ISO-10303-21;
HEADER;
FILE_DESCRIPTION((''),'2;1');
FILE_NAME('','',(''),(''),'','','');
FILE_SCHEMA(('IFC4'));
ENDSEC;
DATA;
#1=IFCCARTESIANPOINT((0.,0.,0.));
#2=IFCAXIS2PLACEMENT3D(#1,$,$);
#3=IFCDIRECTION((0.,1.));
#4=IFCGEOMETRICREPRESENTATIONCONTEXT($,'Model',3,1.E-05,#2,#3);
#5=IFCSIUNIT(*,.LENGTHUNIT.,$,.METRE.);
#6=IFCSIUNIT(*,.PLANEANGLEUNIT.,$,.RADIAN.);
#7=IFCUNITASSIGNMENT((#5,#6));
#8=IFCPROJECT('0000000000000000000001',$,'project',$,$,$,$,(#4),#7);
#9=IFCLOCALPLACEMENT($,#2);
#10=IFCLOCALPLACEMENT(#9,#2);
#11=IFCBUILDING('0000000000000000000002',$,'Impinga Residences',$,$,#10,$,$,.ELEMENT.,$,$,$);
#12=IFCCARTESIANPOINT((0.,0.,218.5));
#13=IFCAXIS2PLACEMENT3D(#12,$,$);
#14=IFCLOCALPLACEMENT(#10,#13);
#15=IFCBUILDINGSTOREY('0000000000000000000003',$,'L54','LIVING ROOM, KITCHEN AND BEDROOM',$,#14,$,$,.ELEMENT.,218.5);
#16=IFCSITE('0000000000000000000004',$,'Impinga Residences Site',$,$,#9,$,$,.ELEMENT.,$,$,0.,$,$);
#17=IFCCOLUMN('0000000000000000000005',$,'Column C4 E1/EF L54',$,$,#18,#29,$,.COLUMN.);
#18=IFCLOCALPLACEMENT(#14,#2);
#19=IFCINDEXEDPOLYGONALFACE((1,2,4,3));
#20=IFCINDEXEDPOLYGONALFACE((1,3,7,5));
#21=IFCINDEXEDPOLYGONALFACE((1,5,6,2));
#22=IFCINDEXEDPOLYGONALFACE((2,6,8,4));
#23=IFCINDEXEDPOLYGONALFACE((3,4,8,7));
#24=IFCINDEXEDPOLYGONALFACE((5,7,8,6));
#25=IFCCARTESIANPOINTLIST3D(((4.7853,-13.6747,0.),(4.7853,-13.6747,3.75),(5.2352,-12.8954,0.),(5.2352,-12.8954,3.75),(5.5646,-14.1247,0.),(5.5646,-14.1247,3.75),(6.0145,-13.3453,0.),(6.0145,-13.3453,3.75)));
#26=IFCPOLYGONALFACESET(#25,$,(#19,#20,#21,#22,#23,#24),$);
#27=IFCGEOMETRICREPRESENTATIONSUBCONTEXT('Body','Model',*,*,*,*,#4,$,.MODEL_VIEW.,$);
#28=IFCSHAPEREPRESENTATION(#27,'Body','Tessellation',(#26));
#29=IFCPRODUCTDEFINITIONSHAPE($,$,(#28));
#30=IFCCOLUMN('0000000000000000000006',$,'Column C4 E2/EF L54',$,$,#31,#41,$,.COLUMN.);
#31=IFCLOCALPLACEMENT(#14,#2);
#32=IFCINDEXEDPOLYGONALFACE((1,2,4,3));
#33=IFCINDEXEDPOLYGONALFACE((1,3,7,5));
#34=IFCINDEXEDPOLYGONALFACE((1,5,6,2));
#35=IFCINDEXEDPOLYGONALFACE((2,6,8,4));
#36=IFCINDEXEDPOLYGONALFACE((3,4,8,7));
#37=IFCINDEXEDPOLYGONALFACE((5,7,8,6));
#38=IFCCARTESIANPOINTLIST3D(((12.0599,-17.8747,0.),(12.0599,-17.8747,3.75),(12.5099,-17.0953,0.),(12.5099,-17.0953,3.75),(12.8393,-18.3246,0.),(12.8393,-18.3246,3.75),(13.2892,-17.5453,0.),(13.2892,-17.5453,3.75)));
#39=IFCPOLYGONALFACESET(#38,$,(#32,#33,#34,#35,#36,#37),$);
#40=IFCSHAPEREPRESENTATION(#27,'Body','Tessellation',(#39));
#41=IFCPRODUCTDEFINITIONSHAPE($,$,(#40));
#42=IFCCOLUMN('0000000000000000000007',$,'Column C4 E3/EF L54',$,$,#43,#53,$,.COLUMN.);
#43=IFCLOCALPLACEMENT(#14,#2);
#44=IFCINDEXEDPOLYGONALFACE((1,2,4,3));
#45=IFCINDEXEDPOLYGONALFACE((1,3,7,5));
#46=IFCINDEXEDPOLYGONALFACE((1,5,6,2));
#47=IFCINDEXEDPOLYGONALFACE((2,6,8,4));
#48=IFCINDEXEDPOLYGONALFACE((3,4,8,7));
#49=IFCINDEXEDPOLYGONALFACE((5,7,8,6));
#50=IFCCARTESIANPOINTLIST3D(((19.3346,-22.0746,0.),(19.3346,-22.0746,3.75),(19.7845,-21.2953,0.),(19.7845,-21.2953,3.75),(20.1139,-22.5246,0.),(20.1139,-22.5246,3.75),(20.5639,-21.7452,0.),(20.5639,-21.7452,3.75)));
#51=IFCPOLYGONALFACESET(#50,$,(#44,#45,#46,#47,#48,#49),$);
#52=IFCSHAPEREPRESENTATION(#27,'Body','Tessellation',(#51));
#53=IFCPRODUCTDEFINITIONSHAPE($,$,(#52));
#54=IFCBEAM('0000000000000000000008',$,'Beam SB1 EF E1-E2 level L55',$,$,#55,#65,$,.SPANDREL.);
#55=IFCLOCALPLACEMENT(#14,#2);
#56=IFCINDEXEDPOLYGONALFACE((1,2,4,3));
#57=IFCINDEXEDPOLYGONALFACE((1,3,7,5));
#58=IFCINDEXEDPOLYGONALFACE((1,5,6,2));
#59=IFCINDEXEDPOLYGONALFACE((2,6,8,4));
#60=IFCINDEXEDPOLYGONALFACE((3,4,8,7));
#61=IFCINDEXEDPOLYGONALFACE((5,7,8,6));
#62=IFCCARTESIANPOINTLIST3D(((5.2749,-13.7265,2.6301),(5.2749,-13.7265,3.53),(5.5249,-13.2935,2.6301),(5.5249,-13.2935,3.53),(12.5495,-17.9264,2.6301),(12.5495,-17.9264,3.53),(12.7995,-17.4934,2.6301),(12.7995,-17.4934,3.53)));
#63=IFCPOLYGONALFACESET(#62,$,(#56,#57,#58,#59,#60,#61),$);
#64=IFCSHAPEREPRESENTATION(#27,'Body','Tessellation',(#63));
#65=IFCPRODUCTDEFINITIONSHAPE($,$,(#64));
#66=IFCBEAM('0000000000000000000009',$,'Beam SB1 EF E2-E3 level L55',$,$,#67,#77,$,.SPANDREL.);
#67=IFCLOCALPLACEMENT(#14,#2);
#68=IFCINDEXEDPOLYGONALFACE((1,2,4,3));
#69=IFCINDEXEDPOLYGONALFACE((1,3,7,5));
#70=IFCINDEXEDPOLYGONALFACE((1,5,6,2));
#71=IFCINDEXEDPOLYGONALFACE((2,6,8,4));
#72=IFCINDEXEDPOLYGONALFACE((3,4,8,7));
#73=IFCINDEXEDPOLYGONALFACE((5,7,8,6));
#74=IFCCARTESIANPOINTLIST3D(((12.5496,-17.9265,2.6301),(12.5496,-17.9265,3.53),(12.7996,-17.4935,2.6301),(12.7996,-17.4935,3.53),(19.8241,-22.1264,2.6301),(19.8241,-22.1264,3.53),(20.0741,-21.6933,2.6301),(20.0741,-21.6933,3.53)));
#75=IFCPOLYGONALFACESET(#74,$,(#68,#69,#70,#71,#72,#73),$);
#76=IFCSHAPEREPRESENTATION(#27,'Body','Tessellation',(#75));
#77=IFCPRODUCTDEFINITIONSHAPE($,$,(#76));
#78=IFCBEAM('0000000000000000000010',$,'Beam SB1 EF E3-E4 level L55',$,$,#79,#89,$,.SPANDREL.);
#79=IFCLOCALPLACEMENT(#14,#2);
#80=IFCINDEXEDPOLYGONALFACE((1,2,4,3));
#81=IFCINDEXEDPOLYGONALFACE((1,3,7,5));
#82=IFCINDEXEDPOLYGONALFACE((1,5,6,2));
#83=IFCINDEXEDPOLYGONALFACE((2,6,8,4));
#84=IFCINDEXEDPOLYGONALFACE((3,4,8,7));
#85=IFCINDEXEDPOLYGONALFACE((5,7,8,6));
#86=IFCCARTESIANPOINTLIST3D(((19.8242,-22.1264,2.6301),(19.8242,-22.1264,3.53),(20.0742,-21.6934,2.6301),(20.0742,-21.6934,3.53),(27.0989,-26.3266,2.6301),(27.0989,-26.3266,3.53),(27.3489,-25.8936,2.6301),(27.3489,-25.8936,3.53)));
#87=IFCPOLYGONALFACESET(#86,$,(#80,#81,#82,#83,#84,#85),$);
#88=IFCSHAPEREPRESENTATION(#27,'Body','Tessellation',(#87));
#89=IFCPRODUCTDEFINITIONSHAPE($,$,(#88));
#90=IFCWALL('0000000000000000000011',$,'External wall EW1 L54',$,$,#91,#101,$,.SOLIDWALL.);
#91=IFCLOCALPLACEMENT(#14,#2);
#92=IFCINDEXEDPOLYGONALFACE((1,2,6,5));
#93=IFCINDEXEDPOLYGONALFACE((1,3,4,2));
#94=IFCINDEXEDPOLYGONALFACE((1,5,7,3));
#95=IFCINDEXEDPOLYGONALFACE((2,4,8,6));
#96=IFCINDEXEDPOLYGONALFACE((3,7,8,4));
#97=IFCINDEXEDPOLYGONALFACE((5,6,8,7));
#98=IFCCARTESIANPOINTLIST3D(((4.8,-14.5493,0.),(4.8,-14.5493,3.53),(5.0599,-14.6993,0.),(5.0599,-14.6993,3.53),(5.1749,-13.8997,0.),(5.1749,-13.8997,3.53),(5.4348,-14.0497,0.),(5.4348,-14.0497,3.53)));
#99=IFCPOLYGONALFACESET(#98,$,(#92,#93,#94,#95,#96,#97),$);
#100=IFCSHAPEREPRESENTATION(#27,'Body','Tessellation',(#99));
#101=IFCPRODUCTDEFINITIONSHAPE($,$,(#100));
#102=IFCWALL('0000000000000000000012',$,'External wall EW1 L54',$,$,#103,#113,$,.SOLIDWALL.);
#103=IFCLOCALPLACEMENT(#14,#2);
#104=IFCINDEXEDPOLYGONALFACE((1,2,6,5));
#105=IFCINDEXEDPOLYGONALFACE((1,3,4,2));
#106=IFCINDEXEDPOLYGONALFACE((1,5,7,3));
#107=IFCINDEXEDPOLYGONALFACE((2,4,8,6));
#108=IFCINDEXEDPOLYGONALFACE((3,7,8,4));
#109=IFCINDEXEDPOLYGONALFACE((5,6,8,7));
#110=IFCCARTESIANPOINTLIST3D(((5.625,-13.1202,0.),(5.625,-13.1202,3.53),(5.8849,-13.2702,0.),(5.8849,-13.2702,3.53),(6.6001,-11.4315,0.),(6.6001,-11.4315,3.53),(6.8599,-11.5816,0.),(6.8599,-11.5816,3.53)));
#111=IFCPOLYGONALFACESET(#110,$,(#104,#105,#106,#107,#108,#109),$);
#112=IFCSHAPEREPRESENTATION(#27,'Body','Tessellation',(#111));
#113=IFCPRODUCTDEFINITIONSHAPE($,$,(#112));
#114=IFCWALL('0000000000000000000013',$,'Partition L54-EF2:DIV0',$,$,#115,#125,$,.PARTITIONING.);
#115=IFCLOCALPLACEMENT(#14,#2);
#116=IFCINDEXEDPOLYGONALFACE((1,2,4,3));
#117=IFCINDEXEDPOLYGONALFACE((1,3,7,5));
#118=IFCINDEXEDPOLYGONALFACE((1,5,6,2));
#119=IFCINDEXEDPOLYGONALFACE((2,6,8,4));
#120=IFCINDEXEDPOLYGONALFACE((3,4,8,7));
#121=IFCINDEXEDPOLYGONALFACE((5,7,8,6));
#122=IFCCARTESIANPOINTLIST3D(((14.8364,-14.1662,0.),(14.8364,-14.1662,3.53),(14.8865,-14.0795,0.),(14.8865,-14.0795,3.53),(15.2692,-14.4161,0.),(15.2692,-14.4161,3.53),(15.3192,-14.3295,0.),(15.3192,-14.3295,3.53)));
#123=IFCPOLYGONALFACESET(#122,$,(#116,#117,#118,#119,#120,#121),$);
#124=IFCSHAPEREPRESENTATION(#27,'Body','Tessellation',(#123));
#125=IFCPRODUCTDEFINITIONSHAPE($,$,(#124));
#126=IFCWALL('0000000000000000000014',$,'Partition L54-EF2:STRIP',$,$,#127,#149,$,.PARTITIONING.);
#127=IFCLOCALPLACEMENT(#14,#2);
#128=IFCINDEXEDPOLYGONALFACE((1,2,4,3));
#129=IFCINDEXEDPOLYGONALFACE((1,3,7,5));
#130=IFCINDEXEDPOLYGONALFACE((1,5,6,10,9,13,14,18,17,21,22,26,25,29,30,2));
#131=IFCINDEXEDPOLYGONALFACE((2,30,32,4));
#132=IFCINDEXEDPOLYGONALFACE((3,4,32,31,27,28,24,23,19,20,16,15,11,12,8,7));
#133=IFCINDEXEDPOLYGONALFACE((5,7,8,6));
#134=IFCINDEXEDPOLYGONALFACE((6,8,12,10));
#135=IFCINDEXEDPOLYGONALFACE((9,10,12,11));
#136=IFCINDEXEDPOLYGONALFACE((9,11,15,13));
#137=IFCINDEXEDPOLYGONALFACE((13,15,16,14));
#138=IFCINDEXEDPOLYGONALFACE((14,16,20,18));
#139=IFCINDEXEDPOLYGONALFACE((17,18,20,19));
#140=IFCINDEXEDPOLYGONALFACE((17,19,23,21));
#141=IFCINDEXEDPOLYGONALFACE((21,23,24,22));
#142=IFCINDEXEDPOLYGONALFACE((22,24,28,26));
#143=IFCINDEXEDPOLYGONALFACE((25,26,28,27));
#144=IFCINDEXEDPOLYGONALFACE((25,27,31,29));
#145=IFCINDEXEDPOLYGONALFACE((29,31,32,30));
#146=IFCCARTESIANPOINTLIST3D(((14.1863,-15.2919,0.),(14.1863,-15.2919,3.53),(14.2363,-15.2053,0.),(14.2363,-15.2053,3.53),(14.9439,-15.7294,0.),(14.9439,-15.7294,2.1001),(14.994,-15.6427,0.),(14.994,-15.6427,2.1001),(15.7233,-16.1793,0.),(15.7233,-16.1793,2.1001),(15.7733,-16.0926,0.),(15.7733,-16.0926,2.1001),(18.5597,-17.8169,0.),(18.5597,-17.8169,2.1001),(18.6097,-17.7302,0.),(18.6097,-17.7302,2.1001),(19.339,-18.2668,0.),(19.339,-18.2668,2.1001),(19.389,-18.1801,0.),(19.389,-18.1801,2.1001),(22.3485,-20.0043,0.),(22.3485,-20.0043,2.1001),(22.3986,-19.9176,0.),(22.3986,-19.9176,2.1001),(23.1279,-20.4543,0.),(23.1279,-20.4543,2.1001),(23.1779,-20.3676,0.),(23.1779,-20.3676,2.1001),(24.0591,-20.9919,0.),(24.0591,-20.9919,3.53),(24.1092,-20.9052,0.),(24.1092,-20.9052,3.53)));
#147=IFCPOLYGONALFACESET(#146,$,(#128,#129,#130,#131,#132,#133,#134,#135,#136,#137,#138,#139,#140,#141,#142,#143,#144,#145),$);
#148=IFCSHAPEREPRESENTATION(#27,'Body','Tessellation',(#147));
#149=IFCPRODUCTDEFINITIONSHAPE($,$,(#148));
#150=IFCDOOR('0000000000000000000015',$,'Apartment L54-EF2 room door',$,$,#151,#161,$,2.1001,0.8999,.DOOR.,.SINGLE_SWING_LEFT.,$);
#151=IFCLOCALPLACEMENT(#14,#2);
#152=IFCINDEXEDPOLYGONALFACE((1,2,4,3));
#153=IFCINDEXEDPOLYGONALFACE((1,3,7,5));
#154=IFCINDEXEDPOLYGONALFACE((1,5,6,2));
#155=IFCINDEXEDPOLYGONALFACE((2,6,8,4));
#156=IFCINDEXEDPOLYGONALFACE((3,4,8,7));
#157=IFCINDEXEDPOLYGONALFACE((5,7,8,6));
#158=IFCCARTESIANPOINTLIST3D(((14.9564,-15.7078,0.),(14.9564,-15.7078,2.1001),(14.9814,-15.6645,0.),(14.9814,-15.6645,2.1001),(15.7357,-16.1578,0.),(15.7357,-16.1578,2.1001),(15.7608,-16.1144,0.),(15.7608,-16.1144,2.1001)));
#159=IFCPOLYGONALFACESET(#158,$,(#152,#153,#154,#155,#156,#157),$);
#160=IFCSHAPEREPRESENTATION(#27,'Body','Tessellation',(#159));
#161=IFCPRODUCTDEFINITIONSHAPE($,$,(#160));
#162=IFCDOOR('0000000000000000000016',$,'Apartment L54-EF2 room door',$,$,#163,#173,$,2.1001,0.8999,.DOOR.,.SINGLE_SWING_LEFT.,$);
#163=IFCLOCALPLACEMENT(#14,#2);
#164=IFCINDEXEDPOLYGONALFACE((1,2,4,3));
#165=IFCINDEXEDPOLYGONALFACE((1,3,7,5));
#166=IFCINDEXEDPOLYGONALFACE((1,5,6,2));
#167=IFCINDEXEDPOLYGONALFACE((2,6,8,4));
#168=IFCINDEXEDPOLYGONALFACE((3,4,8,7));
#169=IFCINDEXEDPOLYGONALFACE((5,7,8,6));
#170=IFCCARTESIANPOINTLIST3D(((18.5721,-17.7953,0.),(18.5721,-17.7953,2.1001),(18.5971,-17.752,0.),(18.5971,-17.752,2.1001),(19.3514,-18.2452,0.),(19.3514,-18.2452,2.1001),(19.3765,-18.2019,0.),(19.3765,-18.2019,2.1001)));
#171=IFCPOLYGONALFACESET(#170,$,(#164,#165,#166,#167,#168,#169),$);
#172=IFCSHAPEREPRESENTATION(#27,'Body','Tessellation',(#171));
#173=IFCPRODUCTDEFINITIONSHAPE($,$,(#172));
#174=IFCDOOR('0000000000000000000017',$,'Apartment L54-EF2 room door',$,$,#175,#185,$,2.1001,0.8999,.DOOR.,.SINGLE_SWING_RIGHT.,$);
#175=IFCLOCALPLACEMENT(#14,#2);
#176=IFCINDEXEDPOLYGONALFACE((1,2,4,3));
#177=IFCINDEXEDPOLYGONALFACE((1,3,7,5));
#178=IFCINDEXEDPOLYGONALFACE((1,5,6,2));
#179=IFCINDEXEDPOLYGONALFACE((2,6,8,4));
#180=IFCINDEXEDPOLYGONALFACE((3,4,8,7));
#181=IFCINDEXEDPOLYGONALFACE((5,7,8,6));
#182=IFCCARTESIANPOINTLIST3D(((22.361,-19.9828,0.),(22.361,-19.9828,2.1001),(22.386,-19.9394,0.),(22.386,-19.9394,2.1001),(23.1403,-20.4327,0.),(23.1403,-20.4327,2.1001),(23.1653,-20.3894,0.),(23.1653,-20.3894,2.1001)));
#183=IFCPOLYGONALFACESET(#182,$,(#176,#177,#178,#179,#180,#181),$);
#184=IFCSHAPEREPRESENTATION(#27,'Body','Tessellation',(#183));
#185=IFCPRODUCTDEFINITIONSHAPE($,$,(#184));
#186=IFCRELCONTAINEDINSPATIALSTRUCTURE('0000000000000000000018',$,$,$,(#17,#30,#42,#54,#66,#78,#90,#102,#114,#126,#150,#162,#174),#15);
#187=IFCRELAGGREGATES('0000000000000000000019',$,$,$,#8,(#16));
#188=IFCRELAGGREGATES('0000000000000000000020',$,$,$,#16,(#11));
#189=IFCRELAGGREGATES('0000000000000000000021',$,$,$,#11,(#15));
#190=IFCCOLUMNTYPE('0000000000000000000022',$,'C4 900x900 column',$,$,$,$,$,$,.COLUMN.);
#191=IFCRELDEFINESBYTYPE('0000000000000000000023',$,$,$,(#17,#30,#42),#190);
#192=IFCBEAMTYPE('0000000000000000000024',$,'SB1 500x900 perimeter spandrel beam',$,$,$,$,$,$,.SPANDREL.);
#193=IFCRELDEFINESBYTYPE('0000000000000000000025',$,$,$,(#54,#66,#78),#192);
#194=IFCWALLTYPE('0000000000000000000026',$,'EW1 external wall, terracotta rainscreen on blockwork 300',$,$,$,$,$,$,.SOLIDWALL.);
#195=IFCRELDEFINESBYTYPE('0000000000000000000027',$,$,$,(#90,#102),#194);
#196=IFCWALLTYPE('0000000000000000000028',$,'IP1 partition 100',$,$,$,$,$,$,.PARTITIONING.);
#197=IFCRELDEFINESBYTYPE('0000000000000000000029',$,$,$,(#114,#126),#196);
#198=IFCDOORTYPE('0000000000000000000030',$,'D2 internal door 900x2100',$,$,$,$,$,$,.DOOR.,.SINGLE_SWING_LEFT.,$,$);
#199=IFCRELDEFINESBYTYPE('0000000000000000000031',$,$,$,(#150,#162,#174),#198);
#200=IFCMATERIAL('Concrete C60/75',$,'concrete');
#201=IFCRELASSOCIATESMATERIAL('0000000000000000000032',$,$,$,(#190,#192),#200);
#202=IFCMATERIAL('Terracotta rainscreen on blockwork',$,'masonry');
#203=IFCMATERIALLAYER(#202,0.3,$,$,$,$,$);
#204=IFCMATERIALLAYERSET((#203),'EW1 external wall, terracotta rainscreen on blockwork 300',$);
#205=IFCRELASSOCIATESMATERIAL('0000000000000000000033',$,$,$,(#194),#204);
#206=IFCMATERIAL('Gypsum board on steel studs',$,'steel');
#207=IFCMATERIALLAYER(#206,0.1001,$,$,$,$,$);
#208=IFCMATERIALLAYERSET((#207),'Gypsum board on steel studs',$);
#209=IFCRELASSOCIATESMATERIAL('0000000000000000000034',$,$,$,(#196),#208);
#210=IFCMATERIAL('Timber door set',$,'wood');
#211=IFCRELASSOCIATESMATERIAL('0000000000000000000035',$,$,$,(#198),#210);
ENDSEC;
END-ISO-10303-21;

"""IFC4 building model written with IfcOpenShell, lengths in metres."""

from ifc_helpers import new_model, si_unit, direction, frame, frame_2d, origin, origin_2d, place, context, subcontext, project, spatial, rectangle, extrude, material, layer, layer_set, material_profile, profile_set, type_object, element, fill, save


model = new_model("IFC4")

# Units and contexts
model_context = context("Model", 3, precision=1e-05, world=origin(), true_north=direction((0.0, 1.0)))
body_context = subcontext(model_context, "Body", "Model", "MODEL_VIEW")
ifc_project = project(units=[si_unit("LENGTHUNIT", "METRE"), si_unit("PLANEANGLEUNIT", "RADIAN")], contexts=[model_context])

# Site, building, storey
site_placement = place(None, origin())
site = spatial("IfcSite", under=ifc_project, at=site_placement, Name="Impinga Residences Site", CompositionType="ELEMENT", RefElevation=0.0)
building_placement = place(site_placement, origin())
building = spatial("IfcBuilding", under=site, at=building_placement, Name="Impinga Residences", CompositionType="ELEMENT")
storey_placement = place(building_placement, frame((0.0, 0.0, 218.5)))
storey = spatial("IfcBuildingStorey", under=building, at=storey_placement, Name="L54", Description="LIVING ROOM, KITCHEN AND BEDROOM", CompositionType="ELEMENT", Elevation=218.5)

# Columns
ifc_material_1 = material(Name="Concrete C60/75", Category="concrete")
ifc_material_profile_1 = material_profile(ifc_material_1, rectangle(XDim=0.8999, YDim=0.8999, at=origin_2d()), Name="RC 900x900")
ifc_profile_set_1 = profile_set([ifc_material_profile_1], Name="Concrete C60/75")
column_type = type_object("IfcColumnType", Name="C4 900x900 column", PredefinedType="COLUMN", material=ifc_profile_set_1)
for number, where, z_axis, x_axis, name in (
    (1, (5.3999, -13.51, 0.0), (0.0, 0.0, 1.0), (-0.5, -0.866025, 0.0), "Column C4 E1/EF L54"),
    (2, (12.6746, -17.71, 0.0), (0.0, 0.0, 1.0), (-0.5, -0.866025, 0.0), "Column C4 E2/EF L54"),
    (3, (19.9492, -21.9099, 0.0), (0.0, 0.0, 1.0), (-0.5, -0.866025, 0.0), "Column C4 E3/EF L54"),
):
    element("IfcColumn", number, at=place(storey_placement, frame(where, z_axis=z_axis, x_axis=x_axis)), inside=storey, type_object=column_type, Name=name, PredefinedType="COLUMN", context=body_context, shape_type="SweptSolid", body=[
        extrude(rectangle(XDim=0.8999, YDim=0.8999, at=origin_2d()), origin(), (0.0, 0.0, 1.0), 3.75),
    ])

# Beams
ifc_material_profile_2 = material_profile(ifc_material_1, rectangle(XDim=0.5, YDim=0.8999, at=origin_2d()), Name="RC 500x900")
ifc_profile_set_2 = profile_set([ifc_material_profile_2], Name="Concrete C60/75")
beam_type = type_object("IfcBeamType", Name="SB1 500x900 perimeter spandrel beam", PredefinedType="SPANDREL", material=ifc_profile_set_2)
for number, where, z_axis, x_axis, name in (
    (4, (5.3999, -13.51, 3.0801), (0.866029, -0.499993, 0.0), (0.499993, 0.866029, 0.0), "Beam SB1 EF E1-E2 level L55"),
    (5, (12.6746, -17.71, 3.0801), (0.866029, -0.499993, 0.0), (0.499993, 0.866029, 0.0), "Beam SB1 EF E2-E3 level L55"),
):
    element("IfcBeam", number, at=place(storey_placement, frame(where, z_axis=z_axis, x_axis=x_axis)), inside=storey, type_object=beam_type, Name=name, PredefinedType="SPANDREL", context=body_context, shape_type="SweptSolid", body=[
        extrude(rectangle(XDim=0.5, YDim=0.8999, at=origin_2d()), origin(), (0.0, 0.0, 1.0), 8.3999),
    ])
beam_placement = place(storey_placement, frame((19.9492, -21.9099, 3.0801), z_axis=(0.866017, -0.500015, 0.0), x_axis=(0.500015, 0.866017, 0.0)))
element("IfcBeam", 6, at=beam_placement, inside=storey, type_object=beam_type, Name="Beam SB1 EF E3-E4 level L55", PredefinedType="SPANDREL", context=body_context, shape_type="SweptSolid", body=[
    extrude(rectangle(XDim=0.5, YDim=0.8999, at=origin_2d()), origin(), (0.0, 0.0, 1.0), 8.4001),
])

# Walls
ifc_material_2 = material(Name="Terracotta rainscreen on blockwork", Category="masonry")
ifc_layer_1 = layer(ifc_material_2, 0.3)
ifc_layer_set_1 = layer_set([ifc_layer_1], Name="EW1 external wall, terracotta rainscreen on blockwork 300")
wall_type_1 = type_object("IfcWallType", Name="EW1 external wall, terracotta rainscreen on blockwork 300", PredefinedType="SOLIDWALL", material=ifc_layer_set_1)
wall_1_placement = place(storey_placement, frame((4.9299, -14.6243, 0.0), z_axis=(0.0, 0.0, 1.0), x_axis=(0.49992, 0.866072, 0.0)))
element("IfcWall", 7, at=wall_1_placement, inside=storey, type_object=wall_type_1, Name="External wall EW1 L54", PredefinedType="SOLIDWALL", context=body_context, shape_type="SweptSolid", body=[
    extrude(rectangle(XDim=0.75, YDim=0.3, at=frame_2d((0.375, 0.0))), origin(), (0.0, 0.0, 1.0), 3.53),
])
wall_2_placement = place(storey_placement, frame((5.7549, -13.1953, 0.0), z_axis=(0.0, 0.0, 1.0), x_axis=(0.500044, 0.866, 0.0)))
element("IfcWall", 8, at=wall_2_placement, inside=storey, type_object=wall_type_1, Name="External wall EW1 L54", PredefinedType="SOLIDWALL", context=body_context, shape_type="SweptSolid", body=[
    extrude(rectangle(XDim=1.95, YDim=0.3, at=frame_2d((0.9751, 0.0))), origin(), (0.0, 0.0, 1.0), 3.53),
])
ifc_material_3 = material(Name="Gypsum board on steel studs", Category="steel")
ifc_layer_2 = layer(ifc_material_3, 0.1001)
ifc_layer_set_2 = layer_set([ifc_layer_2], Name="Gypsum board on steel studs")
wall_type_2 = type_object("IfcWallType", Name="IP1 partition 100", PredefinedType="PARTITIONING", material=ifc_layer_set_2)
wall_3_placement = place(storey_placement, frame((14.8613, -14.1228, 0.0), z_axis=(0.0, 0.0, 1.0), x_axis=(0.86595, -0.500131, 0.0)))
element("IfcWall", 9, at=wall_3_placement, inside=storey, type_object=wall_type_2, Name="Partition L54-EF2:DIV0", PredefinedType="PARTITIONING", context=body_context, shape_type="SweptSolid", body=[
    extrude(rectangle(XDim=0.4998, YDim=0.1001, at=frame_2d((0.25, 0.0))), origin(), (0.0, 0.0, 1.0), 3.53),
])

# Wall, openings, doors
wall_4_placement = place(storey_placement, frame((14.2112, -15.2485, 0.0), z_axis=(0.0, 0.0, 1.0), x_axis=(0.86603, -0.499992, 0.0)))
wall_4 = element("IfcWall", 10, at=wall_4_placement, inside=storey, type_object=wall_type_2, Name="Partition L54-EF2:STRIP", PredefinedType="PARTITIONING", context=body_context, shape_type="SweptSolid", body=[
    extrude(rectangle(XDim=11.4001, YDim=0.1001, at=frame_2d((5.7002, 0.0))), origin(), (0.0, 0.0, 1.0), 3.53),
])
opening_1_placement = place(wall_4_placement, frame((0.875, 0.0, 0.0)))
opening_1 = element("IfcOpeningElement", 11, at=opening_1_placement, cuts=wall_4, PredefinedType="OPENING", context=body_context, shape_type="SweptSolid", body=[
    extrude(rectangle(XDim=0.8999, YDim=2.1001, at=frame_2d((0.45, 1.05))), frame((0.0, 0.0601, 0.0), z_axis=(0.0, -1.0, 0.0), x_axis=(1.0, 0.0, 0.0)), (0.0, 0.0, 1.0), 0.1201),
])
opening_2_placement = place(wall_4_placement, frame((5.05, 0.0, 0.0)))
opening_2 = element("IfcOpeningElement", 12, at=opening_2_placement, cuts=wall_4, PredefinedType="OPENING", context=body_context, shape_type="SweptSolid", body=[
    extrude(rectangle(XDim=0.8999, YDim=2.1001, at=frame_2d((0.45, 1.05))), frame((0.0, 0.0601, 0.0), z_axis=(0.0, -1.0, 0.0), x_axis=(1.0, 0.0, 0.0)), (0.0, 0.0, 1.0), 0.1201),
])
opening_3_placement = place(wall_4_placement, frame((9.425, 0.0, 0.0)))
opening_3 = element("IfcOpeningElement", 13, at=opening_3_placement, cuts=wall_4, PredefinedType="OPENING", context=body_context, shape_type="SweptSolid", body=[
    extrude(rectangle(XDim=0.8999, YDim=2.1001, at=frame_2d((0.45, 1.05))), frame((0.0, 0.0601, 0.0), z_axis=(0.0, -1.0, 0.0), x_axis=(1.0, 0.0, 0.0)), (0.0, 0.0, 1.0), 0.1201),
])
ifc_material_4 = material(Name="Timber door set", Category="wood")
door_type = type_object("IfcDoorType", Name="D2 internal door 900x2100", OperationType="SINGLE_SWING_LEFT", PredefinedType="DOOR", material=ifc_material_4)
door_1_placement = place(opening_1_placement, origin())
door_1 = element("IfcDoor", 14, at=door_1_placement, inside=storey, type_object=door_type, Name="Apartment L54-EF2 room door", OperationType="SINGLE_SWING_LEFT", OverallHeight=2.1001, OverallWidth=0.8999, PredefinedType="DOOR", context=body_context, shape_type="SweptSolid", body=[
    extrude(rectangle(XDim=0.8999, YDim=2.1001, at=frame_2d((0.45, 1.05))), frame((0.0, 0.0249, 0.0), z_axis=(0.0, -1.0, 0.0), x_axis=(1.0, 0.0, 0.0)), (0.0, 0.0, 1.0), 0.05),
])
fill(opening_1, door_1)
door_2_placement = place(opening_2_placement, origin())
door_2 = element("IfcDoor", 15, at=door_2_placement, inside=storey, type_object=door_type, Name="Apartment L54-EF2 room door", OperationType="SINGLE_SWING_LEFT", OverallHeight=2.1001, OverallWidth=0.8999, PredefinedType="DOOR", context=body_context, shape_type="SweptSolid", body=[
    extrude(rectangle(XDim=0.8999, YDim=2.1001, at=frame_2d((0.45, 1.05))), frame((0.0, 0.0249, 0.0), z_axis=(0.0, -1.0, 0.0), x_axis=(1.0, 0.0, 0.0)), (0.0, 0.0, 1.0), 0.05),
])
fill(opening_2, door_2)
door_3_placement = place(opening_3_placement, origin())
door_3 = element("IfcDoor", 16, at=door_3_placement, inside=storey, type_object=door_type, Name="Apartment L54-EF2 room door", OperationType="SINGLE_SWING_RIGHT", OverallHeight=2.1001, OverallWidth=0.8999, PredefinedType="DOOR", context=body_context, shape_type="SweptSolid", body=[
    extrude(rectangle(XDim=0.8999, YDim=2.1001, at=frame_2d((0.45, 1.05))), frame((0.0, 0.0249, 0.0), z_axis=(0.0, -1.0, 0.0), x_axis=(1.0, 0.0, 0.0)), (0.0, 0.0, 1.0), 0.05),
])
fill(opening_3, door_3)

save(model, "model.ifc")
